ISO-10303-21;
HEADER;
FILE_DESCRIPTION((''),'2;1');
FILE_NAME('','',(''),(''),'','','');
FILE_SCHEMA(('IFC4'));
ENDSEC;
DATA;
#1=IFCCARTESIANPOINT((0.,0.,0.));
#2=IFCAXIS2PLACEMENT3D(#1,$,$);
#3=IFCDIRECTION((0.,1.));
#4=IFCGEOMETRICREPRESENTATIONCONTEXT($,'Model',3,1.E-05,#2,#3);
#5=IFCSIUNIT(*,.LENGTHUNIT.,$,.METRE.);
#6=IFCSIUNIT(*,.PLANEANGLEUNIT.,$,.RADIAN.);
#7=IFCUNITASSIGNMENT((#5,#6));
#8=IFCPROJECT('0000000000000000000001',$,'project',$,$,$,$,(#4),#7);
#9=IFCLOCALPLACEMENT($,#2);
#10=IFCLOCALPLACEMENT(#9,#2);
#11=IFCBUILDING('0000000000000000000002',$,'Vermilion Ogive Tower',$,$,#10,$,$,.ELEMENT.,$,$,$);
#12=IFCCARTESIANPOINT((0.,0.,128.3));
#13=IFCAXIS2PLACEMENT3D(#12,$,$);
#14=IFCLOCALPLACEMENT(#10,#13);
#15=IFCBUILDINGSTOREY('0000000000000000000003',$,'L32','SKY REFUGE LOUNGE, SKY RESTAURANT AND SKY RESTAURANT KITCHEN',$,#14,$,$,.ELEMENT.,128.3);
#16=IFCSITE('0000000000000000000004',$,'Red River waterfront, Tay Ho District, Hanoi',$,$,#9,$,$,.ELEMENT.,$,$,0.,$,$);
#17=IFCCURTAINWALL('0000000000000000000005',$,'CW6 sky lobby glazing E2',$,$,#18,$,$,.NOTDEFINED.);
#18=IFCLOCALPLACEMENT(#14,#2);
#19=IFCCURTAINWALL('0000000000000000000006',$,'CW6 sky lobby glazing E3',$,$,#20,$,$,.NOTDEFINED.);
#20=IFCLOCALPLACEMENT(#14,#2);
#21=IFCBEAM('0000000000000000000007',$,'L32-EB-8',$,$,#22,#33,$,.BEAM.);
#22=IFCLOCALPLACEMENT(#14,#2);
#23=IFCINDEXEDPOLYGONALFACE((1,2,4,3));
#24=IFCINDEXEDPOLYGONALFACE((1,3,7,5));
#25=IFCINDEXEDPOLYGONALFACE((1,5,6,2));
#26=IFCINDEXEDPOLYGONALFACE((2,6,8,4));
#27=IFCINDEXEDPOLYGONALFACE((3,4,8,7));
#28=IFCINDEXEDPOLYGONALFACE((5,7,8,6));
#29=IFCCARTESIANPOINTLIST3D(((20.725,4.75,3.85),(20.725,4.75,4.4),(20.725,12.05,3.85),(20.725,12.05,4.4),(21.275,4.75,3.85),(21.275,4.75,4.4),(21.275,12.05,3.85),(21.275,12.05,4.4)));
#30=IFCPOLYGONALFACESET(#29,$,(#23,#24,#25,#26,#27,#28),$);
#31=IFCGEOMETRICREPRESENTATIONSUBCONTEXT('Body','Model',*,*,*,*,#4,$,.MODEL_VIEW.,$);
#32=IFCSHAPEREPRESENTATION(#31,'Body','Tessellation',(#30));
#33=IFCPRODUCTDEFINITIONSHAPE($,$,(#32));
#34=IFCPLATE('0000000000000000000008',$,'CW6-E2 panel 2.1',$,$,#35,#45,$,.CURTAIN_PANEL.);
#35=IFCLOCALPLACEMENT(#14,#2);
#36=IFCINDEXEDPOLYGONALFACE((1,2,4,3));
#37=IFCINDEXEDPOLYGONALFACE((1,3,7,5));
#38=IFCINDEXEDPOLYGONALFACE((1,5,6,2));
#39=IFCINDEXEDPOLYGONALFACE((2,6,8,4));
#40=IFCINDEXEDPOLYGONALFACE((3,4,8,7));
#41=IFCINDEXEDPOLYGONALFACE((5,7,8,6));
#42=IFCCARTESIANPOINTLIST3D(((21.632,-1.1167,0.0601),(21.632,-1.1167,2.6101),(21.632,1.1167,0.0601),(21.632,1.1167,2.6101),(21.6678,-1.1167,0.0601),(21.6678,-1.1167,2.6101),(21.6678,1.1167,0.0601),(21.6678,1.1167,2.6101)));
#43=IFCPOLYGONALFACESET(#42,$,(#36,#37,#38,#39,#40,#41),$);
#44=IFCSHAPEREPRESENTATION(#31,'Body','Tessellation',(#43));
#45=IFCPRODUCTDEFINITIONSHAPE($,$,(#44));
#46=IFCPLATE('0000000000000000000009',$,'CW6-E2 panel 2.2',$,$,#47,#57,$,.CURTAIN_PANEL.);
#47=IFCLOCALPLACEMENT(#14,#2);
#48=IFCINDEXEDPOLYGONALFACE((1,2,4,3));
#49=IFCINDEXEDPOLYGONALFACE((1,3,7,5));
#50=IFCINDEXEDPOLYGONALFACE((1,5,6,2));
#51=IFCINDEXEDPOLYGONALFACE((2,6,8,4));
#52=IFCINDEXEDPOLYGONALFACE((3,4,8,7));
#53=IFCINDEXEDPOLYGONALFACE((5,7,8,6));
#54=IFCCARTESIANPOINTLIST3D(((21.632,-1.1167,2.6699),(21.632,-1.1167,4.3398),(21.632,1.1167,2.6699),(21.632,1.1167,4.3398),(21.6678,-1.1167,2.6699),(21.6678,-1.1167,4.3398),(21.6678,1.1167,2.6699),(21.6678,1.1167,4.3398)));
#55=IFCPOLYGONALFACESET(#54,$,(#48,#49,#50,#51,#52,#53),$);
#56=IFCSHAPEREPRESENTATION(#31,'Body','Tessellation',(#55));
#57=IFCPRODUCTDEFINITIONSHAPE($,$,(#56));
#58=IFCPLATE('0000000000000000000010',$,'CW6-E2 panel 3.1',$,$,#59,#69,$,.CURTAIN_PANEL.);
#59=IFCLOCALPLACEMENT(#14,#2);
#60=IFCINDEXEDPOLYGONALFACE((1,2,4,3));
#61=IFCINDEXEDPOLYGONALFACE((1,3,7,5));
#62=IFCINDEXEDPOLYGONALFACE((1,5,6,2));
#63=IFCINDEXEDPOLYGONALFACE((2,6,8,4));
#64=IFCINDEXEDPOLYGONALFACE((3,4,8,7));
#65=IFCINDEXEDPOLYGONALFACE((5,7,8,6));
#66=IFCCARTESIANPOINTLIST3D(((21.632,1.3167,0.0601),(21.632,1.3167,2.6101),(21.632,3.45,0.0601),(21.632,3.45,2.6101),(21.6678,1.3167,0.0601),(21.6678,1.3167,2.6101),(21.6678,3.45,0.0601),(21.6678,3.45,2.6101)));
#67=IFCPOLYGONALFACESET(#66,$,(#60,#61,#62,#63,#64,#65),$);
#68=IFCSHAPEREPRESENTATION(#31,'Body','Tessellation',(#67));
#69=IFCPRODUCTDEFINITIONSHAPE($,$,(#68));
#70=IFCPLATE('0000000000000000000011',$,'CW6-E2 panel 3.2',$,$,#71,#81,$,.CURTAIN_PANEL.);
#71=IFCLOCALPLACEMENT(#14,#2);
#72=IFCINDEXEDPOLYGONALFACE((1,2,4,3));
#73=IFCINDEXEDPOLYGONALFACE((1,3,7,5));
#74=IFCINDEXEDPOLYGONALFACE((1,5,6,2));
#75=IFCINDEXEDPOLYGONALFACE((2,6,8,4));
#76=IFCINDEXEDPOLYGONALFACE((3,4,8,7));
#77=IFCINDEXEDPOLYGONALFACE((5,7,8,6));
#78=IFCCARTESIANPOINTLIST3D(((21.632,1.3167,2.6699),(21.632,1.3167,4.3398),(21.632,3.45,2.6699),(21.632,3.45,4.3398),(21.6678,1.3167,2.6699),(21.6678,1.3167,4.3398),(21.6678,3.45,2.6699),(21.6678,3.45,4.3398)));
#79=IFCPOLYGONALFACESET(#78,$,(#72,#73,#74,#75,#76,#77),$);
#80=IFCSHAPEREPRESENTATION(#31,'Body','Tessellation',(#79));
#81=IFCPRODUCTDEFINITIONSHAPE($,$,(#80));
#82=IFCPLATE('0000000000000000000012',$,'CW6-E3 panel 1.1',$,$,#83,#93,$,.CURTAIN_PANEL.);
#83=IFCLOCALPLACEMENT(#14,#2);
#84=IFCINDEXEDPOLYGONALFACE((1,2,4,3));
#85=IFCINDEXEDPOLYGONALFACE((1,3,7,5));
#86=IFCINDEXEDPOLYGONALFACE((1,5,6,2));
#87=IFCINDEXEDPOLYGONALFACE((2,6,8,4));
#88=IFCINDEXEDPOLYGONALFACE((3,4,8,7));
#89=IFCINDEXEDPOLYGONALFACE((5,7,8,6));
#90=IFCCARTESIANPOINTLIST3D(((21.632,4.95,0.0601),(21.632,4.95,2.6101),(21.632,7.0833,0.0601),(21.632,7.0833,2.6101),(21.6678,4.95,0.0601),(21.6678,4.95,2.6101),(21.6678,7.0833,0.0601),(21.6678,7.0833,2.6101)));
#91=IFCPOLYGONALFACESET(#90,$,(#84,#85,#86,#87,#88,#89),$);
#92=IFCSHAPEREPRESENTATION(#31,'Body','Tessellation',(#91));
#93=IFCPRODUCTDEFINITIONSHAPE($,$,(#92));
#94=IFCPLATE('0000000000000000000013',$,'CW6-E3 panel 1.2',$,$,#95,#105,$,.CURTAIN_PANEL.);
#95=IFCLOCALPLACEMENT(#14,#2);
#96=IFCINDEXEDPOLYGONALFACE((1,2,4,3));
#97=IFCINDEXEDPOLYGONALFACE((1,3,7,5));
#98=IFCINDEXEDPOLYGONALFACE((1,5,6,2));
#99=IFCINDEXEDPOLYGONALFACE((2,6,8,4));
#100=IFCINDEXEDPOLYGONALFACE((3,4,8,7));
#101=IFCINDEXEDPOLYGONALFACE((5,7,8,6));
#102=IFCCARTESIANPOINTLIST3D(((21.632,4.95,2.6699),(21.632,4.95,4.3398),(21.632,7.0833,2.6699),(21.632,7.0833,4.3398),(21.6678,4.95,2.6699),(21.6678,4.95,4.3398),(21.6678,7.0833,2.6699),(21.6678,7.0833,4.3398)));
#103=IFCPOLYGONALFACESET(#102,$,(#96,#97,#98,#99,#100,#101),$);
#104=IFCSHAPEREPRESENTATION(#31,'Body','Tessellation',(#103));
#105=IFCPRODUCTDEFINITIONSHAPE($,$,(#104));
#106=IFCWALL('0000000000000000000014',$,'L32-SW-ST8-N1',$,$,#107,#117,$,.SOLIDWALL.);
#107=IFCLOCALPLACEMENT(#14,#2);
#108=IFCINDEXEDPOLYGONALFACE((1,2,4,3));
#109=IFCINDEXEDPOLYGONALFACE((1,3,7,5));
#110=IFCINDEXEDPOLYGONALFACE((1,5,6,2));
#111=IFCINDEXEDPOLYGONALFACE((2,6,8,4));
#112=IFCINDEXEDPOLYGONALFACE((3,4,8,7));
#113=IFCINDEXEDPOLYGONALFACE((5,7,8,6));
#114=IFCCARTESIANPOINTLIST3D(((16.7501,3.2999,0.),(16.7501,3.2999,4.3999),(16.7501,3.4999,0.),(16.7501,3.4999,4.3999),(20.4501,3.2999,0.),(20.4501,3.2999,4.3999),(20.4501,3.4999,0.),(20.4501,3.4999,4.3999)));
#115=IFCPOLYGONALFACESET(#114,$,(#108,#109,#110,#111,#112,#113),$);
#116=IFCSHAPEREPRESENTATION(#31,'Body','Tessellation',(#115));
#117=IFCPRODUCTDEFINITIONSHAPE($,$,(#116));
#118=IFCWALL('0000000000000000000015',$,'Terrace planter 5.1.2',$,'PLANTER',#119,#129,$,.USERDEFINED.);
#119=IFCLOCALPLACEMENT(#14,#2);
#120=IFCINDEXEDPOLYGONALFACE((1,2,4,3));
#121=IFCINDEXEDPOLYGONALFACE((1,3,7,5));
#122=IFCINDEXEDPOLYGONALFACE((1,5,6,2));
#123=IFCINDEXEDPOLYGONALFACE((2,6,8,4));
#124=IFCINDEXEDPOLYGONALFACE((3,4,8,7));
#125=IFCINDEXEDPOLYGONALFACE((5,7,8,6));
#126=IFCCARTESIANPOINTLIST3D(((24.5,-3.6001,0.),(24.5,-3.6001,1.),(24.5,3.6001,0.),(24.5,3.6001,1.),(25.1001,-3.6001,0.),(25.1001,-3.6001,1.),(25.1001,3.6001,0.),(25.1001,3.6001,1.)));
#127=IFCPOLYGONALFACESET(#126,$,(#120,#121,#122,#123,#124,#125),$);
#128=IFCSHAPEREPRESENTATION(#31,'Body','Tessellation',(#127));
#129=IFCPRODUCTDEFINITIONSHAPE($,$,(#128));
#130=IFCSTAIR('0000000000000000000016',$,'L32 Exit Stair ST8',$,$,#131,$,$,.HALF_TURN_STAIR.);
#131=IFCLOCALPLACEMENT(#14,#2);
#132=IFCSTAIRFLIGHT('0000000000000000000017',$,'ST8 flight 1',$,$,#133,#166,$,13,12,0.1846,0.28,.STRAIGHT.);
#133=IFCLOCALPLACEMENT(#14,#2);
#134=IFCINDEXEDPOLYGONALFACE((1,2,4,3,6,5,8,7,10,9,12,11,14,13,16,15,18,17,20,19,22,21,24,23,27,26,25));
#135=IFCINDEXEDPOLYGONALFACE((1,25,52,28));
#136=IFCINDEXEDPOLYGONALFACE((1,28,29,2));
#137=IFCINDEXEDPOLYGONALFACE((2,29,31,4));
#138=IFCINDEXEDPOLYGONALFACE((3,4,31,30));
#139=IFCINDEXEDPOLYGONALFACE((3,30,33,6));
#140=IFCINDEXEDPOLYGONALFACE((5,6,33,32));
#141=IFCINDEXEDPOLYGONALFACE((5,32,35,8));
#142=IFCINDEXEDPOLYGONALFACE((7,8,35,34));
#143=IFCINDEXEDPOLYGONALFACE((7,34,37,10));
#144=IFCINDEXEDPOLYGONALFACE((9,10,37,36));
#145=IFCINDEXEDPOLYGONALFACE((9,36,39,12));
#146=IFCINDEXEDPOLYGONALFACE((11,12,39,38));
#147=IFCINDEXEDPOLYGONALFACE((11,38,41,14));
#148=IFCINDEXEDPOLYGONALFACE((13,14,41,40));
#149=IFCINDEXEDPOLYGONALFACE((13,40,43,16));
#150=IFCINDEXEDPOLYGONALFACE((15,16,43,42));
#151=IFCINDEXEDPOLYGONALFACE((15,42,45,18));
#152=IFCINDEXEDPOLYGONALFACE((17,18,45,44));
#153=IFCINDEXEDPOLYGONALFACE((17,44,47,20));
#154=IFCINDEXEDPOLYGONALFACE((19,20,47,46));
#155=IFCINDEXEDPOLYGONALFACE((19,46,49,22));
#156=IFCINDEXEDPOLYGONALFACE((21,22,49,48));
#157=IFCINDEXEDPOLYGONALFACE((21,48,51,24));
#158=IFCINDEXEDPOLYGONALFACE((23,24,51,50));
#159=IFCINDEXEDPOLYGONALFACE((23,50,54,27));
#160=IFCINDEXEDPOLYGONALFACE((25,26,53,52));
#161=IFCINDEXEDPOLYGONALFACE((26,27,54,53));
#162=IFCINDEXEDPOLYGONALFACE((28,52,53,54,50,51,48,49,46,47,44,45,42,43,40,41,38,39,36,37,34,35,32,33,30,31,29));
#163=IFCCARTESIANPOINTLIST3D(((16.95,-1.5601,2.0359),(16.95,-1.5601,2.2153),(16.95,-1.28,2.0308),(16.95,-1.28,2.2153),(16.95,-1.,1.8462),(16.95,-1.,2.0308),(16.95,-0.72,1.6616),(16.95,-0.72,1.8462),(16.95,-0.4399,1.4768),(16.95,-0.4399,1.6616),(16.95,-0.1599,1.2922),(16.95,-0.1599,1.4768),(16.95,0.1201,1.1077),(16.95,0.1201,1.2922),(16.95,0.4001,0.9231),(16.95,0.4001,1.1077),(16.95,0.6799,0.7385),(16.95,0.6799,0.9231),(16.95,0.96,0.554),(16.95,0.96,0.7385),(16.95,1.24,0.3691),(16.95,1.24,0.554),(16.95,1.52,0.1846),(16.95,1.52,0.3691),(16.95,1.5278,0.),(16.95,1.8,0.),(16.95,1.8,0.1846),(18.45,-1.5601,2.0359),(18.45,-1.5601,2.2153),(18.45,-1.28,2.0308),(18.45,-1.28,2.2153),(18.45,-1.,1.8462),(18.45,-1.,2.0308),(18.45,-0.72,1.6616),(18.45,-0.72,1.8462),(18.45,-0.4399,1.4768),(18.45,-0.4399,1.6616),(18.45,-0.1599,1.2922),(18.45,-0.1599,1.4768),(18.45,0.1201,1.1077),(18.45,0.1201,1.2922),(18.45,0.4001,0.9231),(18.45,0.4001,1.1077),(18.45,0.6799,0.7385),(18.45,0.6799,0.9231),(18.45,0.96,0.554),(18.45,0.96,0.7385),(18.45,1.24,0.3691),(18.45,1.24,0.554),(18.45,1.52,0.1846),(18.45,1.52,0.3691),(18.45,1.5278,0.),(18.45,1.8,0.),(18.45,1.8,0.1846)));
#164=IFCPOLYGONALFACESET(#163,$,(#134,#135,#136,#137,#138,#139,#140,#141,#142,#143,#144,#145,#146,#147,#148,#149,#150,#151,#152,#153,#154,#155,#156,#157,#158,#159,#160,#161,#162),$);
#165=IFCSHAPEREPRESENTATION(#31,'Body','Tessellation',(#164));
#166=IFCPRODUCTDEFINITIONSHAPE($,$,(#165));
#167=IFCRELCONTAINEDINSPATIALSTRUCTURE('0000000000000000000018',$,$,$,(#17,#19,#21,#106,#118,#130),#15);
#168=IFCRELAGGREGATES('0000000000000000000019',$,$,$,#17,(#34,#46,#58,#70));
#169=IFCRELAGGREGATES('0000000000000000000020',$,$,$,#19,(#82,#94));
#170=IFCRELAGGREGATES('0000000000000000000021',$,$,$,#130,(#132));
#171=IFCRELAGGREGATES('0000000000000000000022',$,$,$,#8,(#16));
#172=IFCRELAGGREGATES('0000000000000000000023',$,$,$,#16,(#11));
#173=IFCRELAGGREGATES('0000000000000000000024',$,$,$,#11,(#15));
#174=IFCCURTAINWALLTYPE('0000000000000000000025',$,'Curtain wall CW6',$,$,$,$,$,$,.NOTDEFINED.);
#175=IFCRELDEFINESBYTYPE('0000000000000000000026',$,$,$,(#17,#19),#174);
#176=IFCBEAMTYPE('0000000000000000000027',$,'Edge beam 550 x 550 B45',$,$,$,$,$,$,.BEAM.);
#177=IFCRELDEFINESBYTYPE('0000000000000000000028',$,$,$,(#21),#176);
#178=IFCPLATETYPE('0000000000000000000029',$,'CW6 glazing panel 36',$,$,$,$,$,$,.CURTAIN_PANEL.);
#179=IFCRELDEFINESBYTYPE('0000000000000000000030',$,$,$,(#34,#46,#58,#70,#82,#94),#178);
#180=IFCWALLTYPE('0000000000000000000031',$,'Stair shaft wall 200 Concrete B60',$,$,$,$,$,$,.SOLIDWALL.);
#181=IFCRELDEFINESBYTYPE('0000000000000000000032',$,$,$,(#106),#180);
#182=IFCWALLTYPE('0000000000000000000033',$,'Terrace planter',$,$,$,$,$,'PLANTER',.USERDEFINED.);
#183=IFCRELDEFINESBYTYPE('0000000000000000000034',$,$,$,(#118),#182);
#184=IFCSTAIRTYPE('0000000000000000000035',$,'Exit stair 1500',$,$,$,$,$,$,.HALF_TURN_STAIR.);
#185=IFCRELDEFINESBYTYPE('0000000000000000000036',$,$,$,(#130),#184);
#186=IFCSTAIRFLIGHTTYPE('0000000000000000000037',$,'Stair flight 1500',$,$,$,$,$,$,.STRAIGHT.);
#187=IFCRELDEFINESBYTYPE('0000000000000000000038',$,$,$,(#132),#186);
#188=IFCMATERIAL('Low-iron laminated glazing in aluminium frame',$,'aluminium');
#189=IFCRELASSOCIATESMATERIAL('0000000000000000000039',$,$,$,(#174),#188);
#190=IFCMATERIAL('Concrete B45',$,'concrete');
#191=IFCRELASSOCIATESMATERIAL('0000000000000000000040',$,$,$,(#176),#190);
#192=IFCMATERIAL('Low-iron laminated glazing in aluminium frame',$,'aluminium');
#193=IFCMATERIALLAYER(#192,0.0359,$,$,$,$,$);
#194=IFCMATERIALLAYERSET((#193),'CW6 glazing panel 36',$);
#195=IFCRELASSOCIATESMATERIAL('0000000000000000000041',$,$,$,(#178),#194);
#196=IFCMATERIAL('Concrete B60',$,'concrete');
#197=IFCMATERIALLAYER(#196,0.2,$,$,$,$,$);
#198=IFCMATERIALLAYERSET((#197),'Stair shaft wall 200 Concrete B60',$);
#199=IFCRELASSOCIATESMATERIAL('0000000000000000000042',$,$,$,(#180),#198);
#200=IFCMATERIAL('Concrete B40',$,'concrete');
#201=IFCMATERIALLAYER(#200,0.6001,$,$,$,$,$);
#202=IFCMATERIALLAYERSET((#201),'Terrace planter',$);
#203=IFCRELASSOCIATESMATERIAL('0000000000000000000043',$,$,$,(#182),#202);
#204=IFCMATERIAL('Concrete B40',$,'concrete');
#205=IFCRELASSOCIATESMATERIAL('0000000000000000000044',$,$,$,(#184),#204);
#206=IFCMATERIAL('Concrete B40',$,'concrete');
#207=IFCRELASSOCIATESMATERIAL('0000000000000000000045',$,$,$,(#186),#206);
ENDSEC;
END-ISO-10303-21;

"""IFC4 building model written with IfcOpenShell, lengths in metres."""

from ifc_helpers import new_model, si_unit, direction, frame, frame_2d, origin, origin_2d, place, context, subcontext, project, spatial, polyline, rectangle, outline, extrude, material, layer, layer_set, material_profile, profile_set, type_object, element, aggregate, save


model = new_model("IFC4")

# Units and contexts
model_context = context("Model", 3, precision=1e-05, world=origin(), true_north=direction((0.0, 1.0)))
body_context = subcontext(model_context, "Body", "Model", "MODEL_VIEW")
ifc_project = project(units=[si_unit("LENGTHUNIT", "METRE"), si_unit("PLANEANGLEUNIT", "RADIAN")], contexts=[model_context])

# Site, building, storey
site_placement = place(None, origin())
site = spatial("IfcSite", under=ifc_project, at=site_placement, Name="Red River waterfront, Tay Ho District, Hanoi", CompositionType="ELEMENT", RefElevation=0.0)
building_placement = place(site_placement, origin())
building = spatial("IfcBuilding", under=site, at=building_placement, Name="Vermilion Ogive Tower", CompositionType="ELEMENT")
storey_placement = place(building_placement, frame((0.0, 0.0, 128.3)))
storey = spatial("IfcBuildingStorey", under=building, at=storey_placement, Name="L32", Description="SKY REFUGE LOUNGE, SKY RESTAURANT AND SKY RESTAURANT KITCHEN", CompositionType="ELEMENT", Elevation=128.3)

# Curtain walls
ifc_material_1 = material(Name="Low-iron laminated glazing in aluminium frame", Category="aluminium")
curtain_wall_type = type_object("IfcCurtainWallType", Name="Curtain wall CW6", PredefinedType="NOTDEFINED", material=ifc_material_1)
curtain_wall_1_placement = place(storey_placement, origin())
curtain_wall_1 = element("IfcCurtainWall", 1, at=curtain_wall_1_placement, inside=storey, type_object=curtain_wall_type, Name="CW6 sky lobby glazing E2", PredefinedType="NOTDEFINED")
curtain_wall_2_placement = place(storey_placement, origin())
curtain_wall_2 = element("IfcCurtainWall", 2, at=curtain_wall_2_placement, inside=storey, type_object=curtain_wall_type, Name="CW6 sky lobby glazing E3", PredefinedType="NOTDEFINED")

# Beam
ifc_material_2 = material(Name="Concrete B45", Category="concrete")
ifc_material_profile_1 = material_profile(ifc_material_2, rectangle(XDim=0.55, YDim=0.55, at=origin_2d()), Name="550 x 550")
ifc_profile_set_1 = profile_set([ifc_material_profile_1], Name="Concrete B45")
beam_type = type_object("IfcBeamType", Name="Edge beam 550 x 550 B45", PredefinedType="BEAM", material=ifc_profile_set_1)
beam_placement = place(storey_placement, frame((21.0, 4.75, 4.125), z_axis=(0.0, 1.0, 0.0), x_axis=(-1.0, 0.0, 0.0)))
element("IfcBeam", 3, at=beam_placement, inside=storey, type_object=beam_type, Name="L32-EB-8", PredefinedType="BEAM", context=body_context, shape_type="SweptSolid", body=[
    extrude(rectangle(XDim=0.55, YDim=0.55, at=origin_2d()), origin(), (0.0, 0.0, 1.0), 7.3),
])

# Plates
ifc_material_3 = material(Name="Low-iron laminated glazing in aluminium frame", Category="aluminium")
ifc_layer_1 = layer(ifc_material_3, 0.0359)
ifc_layer_set_1 = layer_set([ifc_layer_1], Name="CW6 glazing panel 36")
plate_type = type_object("IfcPlateType", Name="CW6 glazing panel 36", PredefinedType="CURTAIN_PANEL", material=ifc_layer_set_1)
plate_1_placement = place(storey_placement, frame((21.6499, 0.0, 0.0601), z_axis=(0.0, 0.0, 1.0), x_axis=(0.0, 1.0, 0.0)))
plate_1 = element("IfcPlate", 4, at=plate_1_placement, type_object=plate_type, Name="CW6-E2 panel 2.1", PredefinedType="CURTAIN_PANEL", context=body_context, shape_type="SweptSolid", body=[
    extrude(rectangle(XDim=2.2334, YDim=0.0359, at=origin_2d()), origin(), (0.0, 0.0, 1.0), 2.55),
])
plate_2_placement = place(storey_placement, frame((21.6499, 0.0, 2.6699), z_axis=(0.0, 0.0, 1.0), x_axis=(0.0, 1.0, 0.0)))
plate_2 = element("IfcPlate", 5, at=plate_2_placement, type_object=plate_type, Name="CW6-E2 panel 2.2", PredefinedType="CURTAIN_PANEL", context=body_context, shape_type="SweptSolid", body=[
    extrude(rectangle(XDim=2.2334, YDim=0.0359, at=origin_2d()), origin(), (0.0, 0.0, 1.0), 1.6699),
])
plate_3_placement = place(storey_placement, frame((21.6499, 2.3833, 0.0601), z_axis=(0.0, 0.0, 1.0), x_axis=(0.0, 1.0, 0.0)))
plate_3 = element("IfcPlate", 6, at=plate_3_placement, type_object=plate_type, Name="CW6-E2 panel 3.1", PredefinedType="CURTAIN_PANEL", context=body_context, shape_type="SweptSolid", body=[
    extrude(rectangle(XDim=2.1333, YDim=0.0359, at=origin_2d()), origin(), (0.0, 0.0, 1.0), 2.55),
])
plate_4_placement = place(storey_placement, frame((21.6499, 2.3833, 2.6699), z_axis=(0.0, 0.0, 1.0), x_axis=(0.0, 1.0, 0.0)))
plate_4 = element("IfcPlate", 7, at=plate_4_placement, type_object=plate_type, Name="CW6-E2 panel 3.2", PredefinedType="CURTAIN_PANEL", context=body_context, shape_type="SweptSolid", body=[
    extrude(rectangle(XDim=2.1333, YDim=0.0359, at=origin_2d()), origin(), (0.0, 0.0, 1.0), 1.6699),
])
aggregate(curtain_wall_1, [plate_1, plate_2, plate_3, plate_4])
plate_5_placement = place(storey_placement, frame((21.6499, 6.0166, 0.0601), z_axis=(0.0, 0.0, 1.0), x_axis=(0.0, 1.0, 0.0)))
plate_5 = element("IfcPlate", 8, at=plate_5_placement, type_object=plate_type, Name="CW6-E3 panel 1.1", PredefinedType="CURTAIN_PANEL", context=body_context, shape_type="SweptSolid", body=[
    extrude(rectangle(XDim=2.1333, YDim=0.0359, at=origin_2d()), origin(), (0.0, 0.0, 1.0), 2.55),
])
plate_6_placement = place(storey_placement, frame((21.6499, 6.0166, 2.6699), z_axis=(0.0, 0.0, 1.0), x_axis=(0.0, 1.0, 0.0)))
plate_6 = element("IfcPlate", 9, at=plate_6_placement, type_object=plate_type, Name="CW6-E3 panel 1.2", PredefinedType="CURTAIN_PANEL", context=body_context, shape_type="SweptSolid", body=[
    extrude(rectangle(XDim=2.1333, YDim=0.0359, at=origin_2d()), origin(), (0.0, 0.0, 1.0), 1.6699),
])
aggregate(curtain_wall_2, [plate_5, plate_6])

# Walls
ifc_material_4 = material(Name="Concrete B60", Category="concrete")
ifc_layer_2 = layer(ifc_material_4, 0.2)
ifc_layer_set_2 = layer_set([ifc_layer_2], Name="Stair shaft wall 200 Concrete B60")
wall_type_1 = type_object("IfcWallType", Name="Stair shaft wall 200 Concrete B60", PredefinedType="SOLIDWALL", material=ifc_layer_set_2)
wall_1_placement = place(storey_placement, frame((16.75, 3.3999, 0.0), z_axis=(0.0, 0.0, 1.0), x_axis=(1.0, 0.0, 0.0)))
element("IfcWall", 10, at=wall_1_placement, inside=storey, type_object=wall_type_1, Name="L32-SW-ST8-N1", PredefinedType="SOLIDWALL", context=body_context, shape_type="SweptSolid", body=[
    extrude(rectangle(XDim=3.7, YDim=0.2, at=frame_2d((1.8501, 0.0))), origin(), (0.0, 0.0, 1.0), 4.3999),
])
ifc_material_5 = material(Name="Concrete B40", Category="concrete")
ifc_layer_3 = layer(ifc_material_5, 0.6001)
ifc_layer_set_3 = layer_set([ifc_layer_3], Name="Terrace planter")
wall_type_2 = type_object("IfcWallType", Name="Terrace planter", ElementType="PLANTER", PredefinedType="USERDEFINED", material=ifc_layer_set_3)
wall_2_placement = place(storey_placement, frame((24.8, 3.6001, 0.0), z_axis=(0.0, 0.0, 1.0), x_axis=(0.0, -1.0, 0.0)))
element("IfcWall", 11, at=wall_2_placement, inside=storey, type_object=wall_type_2, Name="Terrace planter 5.1.2", ObjectType="PLANTER", PredefinedType="USERDEFINED", context=body_context, shape_type="SweptSolid", body=[
    extrude(rectangle(XDim=7.2002, YDim=0.6001, at=frame_2d((3.6001, 0.0))), origin(), (0.0, 0.0, 1.0), 1.0),
])

# Stair, stair flight
ifc_material_6 = material(Name="Concrete B40", Category="concrete")
stair_type = type_object("IfcStairType", Name="Exit stair 1500", PredefinedType="HALF_TURN_STAIR", material=ifc_material_6)
stair_placement = place(storey_placement, origin())
stair = element("IfcStair", 12, at=stair_placement, inside=storey, type_object=stair_type, Name="L32 Exit Stair ST8", PredefinedType="HALF_TURN_STAIR")
ifc_material_7 = material(Name="Concrete B40", Category="concrete")
stair_flight_type = type_object("IfcStairFlightType", Name="Stair flight 1500", PredefinedType="STRAIGHT", material=ifc_material_7)
stair_flight_placement = place(storey_placement, frame((17.7, 1.8, 0.0), z_axis=(0.0, 0.0, 1.0), x_axis=(0.0, -1.0, 0.0)))
stair_flight = element("IfcStairFlight", 13, at=stair_flight_placement, type_object=stair_flight_type, Name="ST8 flight 1", NumberOfRisers=13, NumberOfTreads=12, PredefinedType="STRAIGHT", RiserHeight=0.1846, TreadLength=0.28, context=body_context, shape_type="SweptSolid", body=[
    extrude(outline(polyline([(0.0, 0.0), (0.0, 0.1846), (0.28, 0.1846), (0.28, 0.3691), (0.5601, 0.3691), (0.5601, 0.554), (0.8401, 0.554), (0.8401, 0.7385), (1.1201, 0.7385), (1.1201, 0.9231), (1.3999, 0.9231), (1.3999, 1.1077), (1.6799, 1.1077), (1.6799, 1.2922), (1.96, 1.2922), (1.96, 1.4768), (2.24, 1.4768), (2.24, 1.6616), (2.52, 1.6616), (2.52, 1.8462), (2.8, 1.8462), (2.8, 2.0308), (3.0801, 2.0308), (3.0801, 2.2153), (3.3601, 2.2153), (3.3601, 2.3999), (3.3601, 2.0359), (0.2722, 0.0), (0.0, 0.0)])), frame((0.0, 0.75, 0.0), z_axis=(0.0, -1.0, 0.0), x_axis=(1.0, 0.0, 0.0)), (0.0, 0.0, 1.0), 1.5),
])
aggregate(stair, [stair_flight])

save(model, "model.ifc")
